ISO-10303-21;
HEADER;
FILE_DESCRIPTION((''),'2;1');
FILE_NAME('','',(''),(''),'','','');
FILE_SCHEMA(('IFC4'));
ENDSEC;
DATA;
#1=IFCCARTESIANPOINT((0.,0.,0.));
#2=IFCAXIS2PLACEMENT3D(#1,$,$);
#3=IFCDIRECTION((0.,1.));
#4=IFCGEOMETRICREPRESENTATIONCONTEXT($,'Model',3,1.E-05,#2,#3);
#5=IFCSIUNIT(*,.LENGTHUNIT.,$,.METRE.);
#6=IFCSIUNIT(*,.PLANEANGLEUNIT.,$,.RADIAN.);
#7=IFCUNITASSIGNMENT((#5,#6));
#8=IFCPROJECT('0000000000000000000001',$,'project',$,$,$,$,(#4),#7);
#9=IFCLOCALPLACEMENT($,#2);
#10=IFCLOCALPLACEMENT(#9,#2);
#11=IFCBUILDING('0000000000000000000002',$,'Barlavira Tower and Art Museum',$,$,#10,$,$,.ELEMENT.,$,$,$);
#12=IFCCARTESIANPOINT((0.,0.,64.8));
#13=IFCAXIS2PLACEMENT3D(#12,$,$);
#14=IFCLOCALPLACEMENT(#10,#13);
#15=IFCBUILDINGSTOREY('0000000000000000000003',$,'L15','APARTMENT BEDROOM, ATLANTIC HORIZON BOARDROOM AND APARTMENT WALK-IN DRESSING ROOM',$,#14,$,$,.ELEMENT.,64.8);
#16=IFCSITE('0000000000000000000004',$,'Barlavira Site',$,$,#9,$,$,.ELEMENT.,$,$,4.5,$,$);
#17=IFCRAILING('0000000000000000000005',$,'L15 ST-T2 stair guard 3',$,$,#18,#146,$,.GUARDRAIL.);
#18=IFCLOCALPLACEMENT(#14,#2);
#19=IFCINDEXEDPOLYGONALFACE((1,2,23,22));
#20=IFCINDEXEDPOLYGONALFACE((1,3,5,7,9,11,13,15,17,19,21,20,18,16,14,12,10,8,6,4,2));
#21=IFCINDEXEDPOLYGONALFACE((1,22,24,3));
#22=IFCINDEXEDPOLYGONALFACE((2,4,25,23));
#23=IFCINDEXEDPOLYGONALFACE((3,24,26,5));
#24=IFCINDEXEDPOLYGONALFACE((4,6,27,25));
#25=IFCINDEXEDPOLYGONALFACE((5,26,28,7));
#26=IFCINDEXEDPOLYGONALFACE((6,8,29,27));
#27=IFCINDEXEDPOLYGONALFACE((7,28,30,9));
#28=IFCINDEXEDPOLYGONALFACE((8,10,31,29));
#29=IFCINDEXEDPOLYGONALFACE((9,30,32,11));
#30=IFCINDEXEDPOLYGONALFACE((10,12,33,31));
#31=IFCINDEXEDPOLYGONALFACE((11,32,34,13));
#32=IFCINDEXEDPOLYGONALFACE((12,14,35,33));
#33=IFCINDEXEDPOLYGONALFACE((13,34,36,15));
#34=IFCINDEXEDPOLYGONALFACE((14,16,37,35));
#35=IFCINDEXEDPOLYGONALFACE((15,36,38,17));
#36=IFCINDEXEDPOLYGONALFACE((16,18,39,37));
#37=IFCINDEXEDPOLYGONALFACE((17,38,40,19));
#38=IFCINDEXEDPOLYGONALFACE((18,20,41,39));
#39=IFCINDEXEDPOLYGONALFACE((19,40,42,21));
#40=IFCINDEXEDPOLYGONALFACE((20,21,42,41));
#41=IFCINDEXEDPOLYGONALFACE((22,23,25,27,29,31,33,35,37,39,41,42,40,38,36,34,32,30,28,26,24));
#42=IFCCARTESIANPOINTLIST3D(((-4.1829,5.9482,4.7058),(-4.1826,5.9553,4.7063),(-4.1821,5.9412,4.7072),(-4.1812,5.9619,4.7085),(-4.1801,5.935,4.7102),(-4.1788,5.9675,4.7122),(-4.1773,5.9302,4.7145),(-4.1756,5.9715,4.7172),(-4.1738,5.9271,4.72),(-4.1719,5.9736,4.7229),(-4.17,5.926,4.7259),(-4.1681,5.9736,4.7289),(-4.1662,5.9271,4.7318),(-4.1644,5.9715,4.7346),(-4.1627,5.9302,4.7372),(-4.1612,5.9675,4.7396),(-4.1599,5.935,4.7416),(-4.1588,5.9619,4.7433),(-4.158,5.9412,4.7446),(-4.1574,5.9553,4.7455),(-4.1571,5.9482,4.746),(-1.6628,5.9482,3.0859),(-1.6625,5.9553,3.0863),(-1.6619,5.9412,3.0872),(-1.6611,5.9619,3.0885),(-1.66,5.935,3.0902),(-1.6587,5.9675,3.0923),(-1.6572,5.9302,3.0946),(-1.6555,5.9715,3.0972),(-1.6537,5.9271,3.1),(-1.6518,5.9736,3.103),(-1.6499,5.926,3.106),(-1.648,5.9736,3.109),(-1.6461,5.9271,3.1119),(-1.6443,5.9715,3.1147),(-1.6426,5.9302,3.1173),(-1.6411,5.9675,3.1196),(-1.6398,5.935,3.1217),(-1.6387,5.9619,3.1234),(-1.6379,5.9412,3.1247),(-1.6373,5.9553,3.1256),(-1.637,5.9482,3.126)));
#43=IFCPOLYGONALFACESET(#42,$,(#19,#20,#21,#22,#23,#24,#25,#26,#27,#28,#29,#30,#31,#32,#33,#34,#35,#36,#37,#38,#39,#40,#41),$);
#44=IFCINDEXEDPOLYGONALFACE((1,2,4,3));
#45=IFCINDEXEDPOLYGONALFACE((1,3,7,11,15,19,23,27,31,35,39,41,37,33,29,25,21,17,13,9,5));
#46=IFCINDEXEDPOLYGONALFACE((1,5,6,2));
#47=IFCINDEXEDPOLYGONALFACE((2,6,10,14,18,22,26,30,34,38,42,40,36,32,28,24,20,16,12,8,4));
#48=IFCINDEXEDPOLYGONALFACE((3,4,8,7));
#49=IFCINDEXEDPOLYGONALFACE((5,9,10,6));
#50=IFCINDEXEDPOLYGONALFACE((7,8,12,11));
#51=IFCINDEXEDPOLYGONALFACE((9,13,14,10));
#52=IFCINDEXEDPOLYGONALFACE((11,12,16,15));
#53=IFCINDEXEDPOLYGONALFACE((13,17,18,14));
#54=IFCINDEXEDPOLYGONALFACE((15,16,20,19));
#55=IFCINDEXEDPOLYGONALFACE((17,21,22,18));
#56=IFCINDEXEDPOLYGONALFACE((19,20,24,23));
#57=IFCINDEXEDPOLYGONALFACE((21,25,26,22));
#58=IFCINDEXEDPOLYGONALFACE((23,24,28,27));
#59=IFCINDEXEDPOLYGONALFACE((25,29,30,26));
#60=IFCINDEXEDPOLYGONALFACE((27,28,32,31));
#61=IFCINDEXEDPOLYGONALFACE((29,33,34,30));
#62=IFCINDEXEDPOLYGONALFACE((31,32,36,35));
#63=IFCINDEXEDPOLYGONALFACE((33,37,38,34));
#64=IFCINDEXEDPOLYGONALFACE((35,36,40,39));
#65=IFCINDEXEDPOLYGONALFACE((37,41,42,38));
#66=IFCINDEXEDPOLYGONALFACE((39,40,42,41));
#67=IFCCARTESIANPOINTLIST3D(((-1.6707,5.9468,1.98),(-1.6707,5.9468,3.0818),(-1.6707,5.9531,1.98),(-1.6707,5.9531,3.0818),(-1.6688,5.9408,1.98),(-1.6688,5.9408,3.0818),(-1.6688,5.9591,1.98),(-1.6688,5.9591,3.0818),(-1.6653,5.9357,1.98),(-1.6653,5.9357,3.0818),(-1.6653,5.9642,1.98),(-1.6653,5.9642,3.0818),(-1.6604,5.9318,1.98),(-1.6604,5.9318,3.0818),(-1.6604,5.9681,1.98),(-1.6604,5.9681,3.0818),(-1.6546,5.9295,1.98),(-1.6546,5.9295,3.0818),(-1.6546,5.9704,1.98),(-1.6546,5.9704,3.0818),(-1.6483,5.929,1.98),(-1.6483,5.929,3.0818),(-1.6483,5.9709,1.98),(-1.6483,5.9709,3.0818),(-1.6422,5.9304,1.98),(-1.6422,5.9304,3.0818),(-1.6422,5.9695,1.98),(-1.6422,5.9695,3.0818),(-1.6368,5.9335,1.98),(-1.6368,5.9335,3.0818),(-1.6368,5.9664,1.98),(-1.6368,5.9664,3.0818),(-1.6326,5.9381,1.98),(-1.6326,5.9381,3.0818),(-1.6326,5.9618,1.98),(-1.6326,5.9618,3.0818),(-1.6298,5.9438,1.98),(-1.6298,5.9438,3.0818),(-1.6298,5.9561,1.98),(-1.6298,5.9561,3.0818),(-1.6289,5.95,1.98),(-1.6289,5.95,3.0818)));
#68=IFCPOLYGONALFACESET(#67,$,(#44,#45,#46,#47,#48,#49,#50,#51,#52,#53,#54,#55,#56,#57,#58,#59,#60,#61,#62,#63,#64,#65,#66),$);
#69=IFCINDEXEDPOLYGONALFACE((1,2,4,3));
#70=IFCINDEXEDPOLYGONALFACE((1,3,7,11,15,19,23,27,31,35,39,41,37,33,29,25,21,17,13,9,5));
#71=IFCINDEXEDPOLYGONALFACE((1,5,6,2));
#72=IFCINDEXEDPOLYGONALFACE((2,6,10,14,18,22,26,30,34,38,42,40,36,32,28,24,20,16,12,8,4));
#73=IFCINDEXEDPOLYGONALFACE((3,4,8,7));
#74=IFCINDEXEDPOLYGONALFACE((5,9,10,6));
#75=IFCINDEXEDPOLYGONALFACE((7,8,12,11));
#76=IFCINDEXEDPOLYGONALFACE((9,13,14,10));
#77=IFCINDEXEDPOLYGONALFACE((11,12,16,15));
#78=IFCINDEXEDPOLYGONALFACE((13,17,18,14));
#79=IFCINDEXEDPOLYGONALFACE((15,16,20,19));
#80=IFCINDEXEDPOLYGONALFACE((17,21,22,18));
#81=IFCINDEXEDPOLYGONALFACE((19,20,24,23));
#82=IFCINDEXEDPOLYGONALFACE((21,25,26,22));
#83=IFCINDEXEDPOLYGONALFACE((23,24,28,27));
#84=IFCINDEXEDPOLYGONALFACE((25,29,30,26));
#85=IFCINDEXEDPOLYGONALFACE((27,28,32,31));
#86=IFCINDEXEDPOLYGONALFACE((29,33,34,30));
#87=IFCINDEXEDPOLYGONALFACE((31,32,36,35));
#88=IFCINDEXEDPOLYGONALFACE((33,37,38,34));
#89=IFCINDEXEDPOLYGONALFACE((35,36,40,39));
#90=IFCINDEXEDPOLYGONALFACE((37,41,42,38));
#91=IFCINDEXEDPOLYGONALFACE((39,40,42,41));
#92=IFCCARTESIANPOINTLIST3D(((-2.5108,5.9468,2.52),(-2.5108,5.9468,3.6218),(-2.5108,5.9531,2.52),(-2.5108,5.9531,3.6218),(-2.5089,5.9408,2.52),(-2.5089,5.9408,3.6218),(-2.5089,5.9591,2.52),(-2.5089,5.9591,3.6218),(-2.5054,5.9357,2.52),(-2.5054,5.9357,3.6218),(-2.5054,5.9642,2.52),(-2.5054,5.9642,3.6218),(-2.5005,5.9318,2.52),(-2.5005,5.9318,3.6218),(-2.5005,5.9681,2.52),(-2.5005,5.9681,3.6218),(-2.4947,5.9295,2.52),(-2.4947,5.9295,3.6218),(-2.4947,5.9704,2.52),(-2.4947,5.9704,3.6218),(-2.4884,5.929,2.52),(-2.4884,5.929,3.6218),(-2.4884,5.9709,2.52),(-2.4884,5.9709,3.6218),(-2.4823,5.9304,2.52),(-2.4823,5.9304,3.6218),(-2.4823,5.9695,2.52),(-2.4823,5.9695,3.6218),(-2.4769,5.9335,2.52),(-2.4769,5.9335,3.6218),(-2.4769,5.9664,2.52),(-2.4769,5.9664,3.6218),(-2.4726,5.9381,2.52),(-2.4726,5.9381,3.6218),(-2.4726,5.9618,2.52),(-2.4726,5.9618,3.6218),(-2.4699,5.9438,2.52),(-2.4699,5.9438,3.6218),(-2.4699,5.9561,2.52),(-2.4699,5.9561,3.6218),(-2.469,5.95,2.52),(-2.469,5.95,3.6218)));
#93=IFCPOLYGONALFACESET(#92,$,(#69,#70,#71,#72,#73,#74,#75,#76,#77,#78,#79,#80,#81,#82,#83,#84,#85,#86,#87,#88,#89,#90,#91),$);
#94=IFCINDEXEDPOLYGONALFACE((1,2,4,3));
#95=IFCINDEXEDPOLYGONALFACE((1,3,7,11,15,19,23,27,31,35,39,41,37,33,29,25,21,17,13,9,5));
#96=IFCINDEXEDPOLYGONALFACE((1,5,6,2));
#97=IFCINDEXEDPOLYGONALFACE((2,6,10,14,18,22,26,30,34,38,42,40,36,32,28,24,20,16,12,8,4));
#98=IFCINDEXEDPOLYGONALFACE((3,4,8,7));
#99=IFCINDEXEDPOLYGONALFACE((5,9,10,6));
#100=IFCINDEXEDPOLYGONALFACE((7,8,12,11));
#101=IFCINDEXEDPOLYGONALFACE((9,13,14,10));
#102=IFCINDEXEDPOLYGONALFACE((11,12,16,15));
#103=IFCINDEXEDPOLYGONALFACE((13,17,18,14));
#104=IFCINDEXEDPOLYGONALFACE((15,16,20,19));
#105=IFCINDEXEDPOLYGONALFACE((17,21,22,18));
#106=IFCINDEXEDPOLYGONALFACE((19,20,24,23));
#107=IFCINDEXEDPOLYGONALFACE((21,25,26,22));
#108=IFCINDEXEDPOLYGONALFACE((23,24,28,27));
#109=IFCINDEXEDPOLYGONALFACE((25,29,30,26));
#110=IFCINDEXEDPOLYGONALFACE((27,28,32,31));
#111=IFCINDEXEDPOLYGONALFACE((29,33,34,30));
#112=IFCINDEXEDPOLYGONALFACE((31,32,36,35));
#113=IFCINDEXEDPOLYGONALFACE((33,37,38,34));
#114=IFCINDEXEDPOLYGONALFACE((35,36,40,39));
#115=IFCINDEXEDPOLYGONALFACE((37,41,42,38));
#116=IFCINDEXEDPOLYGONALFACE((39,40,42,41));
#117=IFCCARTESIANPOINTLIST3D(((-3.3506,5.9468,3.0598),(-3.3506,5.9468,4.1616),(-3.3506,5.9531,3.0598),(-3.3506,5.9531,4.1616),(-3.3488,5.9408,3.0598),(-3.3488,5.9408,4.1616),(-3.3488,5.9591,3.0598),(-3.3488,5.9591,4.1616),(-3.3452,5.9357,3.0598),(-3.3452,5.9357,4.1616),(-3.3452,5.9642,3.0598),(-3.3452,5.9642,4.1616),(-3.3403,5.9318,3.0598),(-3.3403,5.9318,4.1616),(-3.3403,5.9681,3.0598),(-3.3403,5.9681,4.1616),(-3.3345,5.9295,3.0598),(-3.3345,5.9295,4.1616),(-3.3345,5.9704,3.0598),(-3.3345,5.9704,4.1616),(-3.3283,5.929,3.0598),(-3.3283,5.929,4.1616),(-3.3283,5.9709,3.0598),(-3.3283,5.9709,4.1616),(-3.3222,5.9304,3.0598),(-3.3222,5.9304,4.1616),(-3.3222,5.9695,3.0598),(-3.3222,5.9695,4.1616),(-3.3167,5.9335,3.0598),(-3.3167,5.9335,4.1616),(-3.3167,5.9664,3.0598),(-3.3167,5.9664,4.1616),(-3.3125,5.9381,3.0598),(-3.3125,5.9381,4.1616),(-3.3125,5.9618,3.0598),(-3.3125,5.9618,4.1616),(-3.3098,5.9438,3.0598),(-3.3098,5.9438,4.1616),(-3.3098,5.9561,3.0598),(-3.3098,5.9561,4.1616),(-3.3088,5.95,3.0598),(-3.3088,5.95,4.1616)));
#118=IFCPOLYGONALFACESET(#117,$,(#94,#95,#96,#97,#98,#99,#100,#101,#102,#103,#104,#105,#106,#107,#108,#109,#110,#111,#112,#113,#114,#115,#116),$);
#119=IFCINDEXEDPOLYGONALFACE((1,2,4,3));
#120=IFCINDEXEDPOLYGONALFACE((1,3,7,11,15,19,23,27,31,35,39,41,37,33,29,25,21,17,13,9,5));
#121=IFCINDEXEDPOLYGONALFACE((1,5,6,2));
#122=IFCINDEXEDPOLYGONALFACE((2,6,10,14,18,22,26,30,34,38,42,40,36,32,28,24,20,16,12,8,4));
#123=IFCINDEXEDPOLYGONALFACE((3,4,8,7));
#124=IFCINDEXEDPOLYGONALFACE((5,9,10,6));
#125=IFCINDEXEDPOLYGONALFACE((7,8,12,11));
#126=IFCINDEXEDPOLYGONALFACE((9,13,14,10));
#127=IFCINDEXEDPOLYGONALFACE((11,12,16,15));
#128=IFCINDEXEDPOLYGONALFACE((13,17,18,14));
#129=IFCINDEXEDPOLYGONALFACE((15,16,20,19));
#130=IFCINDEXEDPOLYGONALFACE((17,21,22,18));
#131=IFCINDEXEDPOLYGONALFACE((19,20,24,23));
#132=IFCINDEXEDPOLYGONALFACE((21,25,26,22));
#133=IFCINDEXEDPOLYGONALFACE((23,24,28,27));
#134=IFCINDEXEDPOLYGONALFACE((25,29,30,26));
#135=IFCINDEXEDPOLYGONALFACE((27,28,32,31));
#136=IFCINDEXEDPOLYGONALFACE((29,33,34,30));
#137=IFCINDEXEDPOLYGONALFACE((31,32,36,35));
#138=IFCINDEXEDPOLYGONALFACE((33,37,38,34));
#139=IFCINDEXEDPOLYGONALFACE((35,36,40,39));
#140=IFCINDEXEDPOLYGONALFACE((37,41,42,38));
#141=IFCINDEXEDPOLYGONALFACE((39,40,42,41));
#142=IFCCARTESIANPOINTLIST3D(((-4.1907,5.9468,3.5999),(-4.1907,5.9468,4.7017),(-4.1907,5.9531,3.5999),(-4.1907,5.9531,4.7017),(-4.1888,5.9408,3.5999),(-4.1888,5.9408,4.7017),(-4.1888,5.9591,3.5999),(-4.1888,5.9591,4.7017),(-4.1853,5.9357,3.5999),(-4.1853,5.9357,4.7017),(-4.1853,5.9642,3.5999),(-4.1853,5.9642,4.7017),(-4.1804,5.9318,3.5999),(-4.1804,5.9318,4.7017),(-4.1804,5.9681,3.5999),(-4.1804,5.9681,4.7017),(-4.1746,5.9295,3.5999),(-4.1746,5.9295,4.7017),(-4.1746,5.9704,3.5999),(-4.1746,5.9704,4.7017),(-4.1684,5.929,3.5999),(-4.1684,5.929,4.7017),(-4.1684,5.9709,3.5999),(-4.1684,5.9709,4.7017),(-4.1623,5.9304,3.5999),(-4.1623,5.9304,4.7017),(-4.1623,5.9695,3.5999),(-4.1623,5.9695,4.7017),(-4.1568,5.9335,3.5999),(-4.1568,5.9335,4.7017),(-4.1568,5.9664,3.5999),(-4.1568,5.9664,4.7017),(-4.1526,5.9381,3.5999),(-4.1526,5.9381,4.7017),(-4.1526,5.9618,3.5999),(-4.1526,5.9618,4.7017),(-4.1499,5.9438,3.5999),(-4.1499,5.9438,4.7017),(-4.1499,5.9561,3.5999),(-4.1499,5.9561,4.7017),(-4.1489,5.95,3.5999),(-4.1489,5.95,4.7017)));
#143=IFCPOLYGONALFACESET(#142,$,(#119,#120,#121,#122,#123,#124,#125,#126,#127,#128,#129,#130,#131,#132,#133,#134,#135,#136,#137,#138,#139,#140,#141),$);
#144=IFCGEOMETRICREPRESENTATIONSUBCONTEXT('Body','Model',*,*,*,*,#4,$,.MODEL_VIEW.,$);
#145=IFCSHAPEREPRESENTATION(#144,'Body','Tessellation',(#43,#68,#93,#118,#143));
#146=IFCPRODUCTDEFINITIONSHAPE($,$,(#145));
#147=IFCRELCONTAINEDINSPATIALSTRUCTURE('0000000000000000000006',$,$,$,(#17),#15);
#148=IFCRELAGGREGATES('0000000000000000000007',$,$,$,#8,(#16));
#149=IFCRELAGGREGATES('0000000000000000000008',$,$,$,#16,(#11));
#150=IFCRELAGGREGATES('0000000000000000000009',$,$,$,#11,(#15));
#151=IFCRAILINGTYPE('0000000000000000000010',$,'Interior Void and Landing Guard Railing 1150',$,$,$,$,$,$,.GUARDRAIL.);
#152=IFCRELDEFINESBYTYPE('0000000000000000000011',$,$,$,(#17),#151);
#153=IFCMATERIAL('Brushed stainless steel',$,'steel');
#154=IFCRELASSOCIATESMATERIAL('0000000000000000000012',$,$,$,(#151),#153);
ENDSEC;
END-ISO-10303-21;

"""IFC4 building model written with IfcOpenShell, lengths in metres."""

from ifc_helpers import new_model, si_unit, direction, frame, origin, origin_2d, place, context, subcontext, project, spatial, circle, extrude, material, type_object, element, save


model = new_model("IFC4")

# Units and contexts
model_context = context("Model", 3, precision=1e-05, world=origin(), true_north=direction((0.0, 1.0)))
body_context = subcontext(model_context, "Body", "Model", "MODEL_VIEW")
ifc_project = project(units=[si_unit("LENGTHUNIT", "METRE"), si_unit("PLANEANGLEUNIT", "RADIAN")], contexts=[model_context])

# Site, building, storey
site_placement = place(None, origin())
site = spatial("IfcSite", under=ifc_project, at=site_placement, Name="Barlavira Site", CompositionType="ELEMENT", RefElevation=4.5)
building_placement = place(site_placement, origin())
building = spatial("IfcBuilding", under=site, at=building_placement, Name="Barlavira Tower and Art Museum", CompositionType="ELEMENT")
storey_placement = place(building_placement, frame((0.0, 0.0, 64.8)))
storey = spatial("IfcBuildingStorey", under=building, at=storey_placement, Name="L15", Description="APARTMENT BEDROOM, ATLANTIC HORIZON BOARDROOM AND APARTMENT WALK-IN DRESSING ROOM", CompositionType="ELEMENT", Elevation=64.8)

# Shared definitions
ifc_material_1 = material(Name="Brushed stainless steel", Category="steel")

# Railing
railing_type_1 = type_object("IfcRailingType", Name="Interior Void and Landing Guard Railing 1150", PredefinedType="GUARDRAIL", material=ifc_material_1)
railing_1_placement = place(storey_placement, frame((-1.6499, 5.95, 1.98)))
element("IfcRailing", 1, at=railing_1_placement, inside=storey, type_object=railing_type_1, Name="L15 ST-T2 stair guard 3", PredefinedType="GUARDRAIL", context=body_context, shape_type="SweptSolid", body=[
    extrude(circle(Radius=0.0239, at=origin_2d()), frame((0.0, 0.0, 1.126), z_axis=(-0.8412, 0.0, 0.540725), x_axis=(0.0, -1.0, 0.0)), (0.0, 0.0, 1.0), 2.9958),
    extrude(circle(Radius=0.021, at=origin_2d()), origin(), (0.0, 0.0, 1.0), 1.1018),
    extrude(circle(Radius=0.021, at=origin_2d()), frame((-0.8401, 0.0, 0.54)), (0.0, 0.0, 1.0), 1.1018),
    extrude(circle(Radius=0.021, at=origin_2d()), frame((-1.6799, 0.0, 1.0798)), (0.0, 0.0, 1.0), 1.1018),
    extrude(circle(Radius=0.021, at=origin_2d()), frame((-2.52, 0.0, 1.6199)), (0.0, 0.0, 1.0), 1.1018),
])

save(model, "model.ifc")
